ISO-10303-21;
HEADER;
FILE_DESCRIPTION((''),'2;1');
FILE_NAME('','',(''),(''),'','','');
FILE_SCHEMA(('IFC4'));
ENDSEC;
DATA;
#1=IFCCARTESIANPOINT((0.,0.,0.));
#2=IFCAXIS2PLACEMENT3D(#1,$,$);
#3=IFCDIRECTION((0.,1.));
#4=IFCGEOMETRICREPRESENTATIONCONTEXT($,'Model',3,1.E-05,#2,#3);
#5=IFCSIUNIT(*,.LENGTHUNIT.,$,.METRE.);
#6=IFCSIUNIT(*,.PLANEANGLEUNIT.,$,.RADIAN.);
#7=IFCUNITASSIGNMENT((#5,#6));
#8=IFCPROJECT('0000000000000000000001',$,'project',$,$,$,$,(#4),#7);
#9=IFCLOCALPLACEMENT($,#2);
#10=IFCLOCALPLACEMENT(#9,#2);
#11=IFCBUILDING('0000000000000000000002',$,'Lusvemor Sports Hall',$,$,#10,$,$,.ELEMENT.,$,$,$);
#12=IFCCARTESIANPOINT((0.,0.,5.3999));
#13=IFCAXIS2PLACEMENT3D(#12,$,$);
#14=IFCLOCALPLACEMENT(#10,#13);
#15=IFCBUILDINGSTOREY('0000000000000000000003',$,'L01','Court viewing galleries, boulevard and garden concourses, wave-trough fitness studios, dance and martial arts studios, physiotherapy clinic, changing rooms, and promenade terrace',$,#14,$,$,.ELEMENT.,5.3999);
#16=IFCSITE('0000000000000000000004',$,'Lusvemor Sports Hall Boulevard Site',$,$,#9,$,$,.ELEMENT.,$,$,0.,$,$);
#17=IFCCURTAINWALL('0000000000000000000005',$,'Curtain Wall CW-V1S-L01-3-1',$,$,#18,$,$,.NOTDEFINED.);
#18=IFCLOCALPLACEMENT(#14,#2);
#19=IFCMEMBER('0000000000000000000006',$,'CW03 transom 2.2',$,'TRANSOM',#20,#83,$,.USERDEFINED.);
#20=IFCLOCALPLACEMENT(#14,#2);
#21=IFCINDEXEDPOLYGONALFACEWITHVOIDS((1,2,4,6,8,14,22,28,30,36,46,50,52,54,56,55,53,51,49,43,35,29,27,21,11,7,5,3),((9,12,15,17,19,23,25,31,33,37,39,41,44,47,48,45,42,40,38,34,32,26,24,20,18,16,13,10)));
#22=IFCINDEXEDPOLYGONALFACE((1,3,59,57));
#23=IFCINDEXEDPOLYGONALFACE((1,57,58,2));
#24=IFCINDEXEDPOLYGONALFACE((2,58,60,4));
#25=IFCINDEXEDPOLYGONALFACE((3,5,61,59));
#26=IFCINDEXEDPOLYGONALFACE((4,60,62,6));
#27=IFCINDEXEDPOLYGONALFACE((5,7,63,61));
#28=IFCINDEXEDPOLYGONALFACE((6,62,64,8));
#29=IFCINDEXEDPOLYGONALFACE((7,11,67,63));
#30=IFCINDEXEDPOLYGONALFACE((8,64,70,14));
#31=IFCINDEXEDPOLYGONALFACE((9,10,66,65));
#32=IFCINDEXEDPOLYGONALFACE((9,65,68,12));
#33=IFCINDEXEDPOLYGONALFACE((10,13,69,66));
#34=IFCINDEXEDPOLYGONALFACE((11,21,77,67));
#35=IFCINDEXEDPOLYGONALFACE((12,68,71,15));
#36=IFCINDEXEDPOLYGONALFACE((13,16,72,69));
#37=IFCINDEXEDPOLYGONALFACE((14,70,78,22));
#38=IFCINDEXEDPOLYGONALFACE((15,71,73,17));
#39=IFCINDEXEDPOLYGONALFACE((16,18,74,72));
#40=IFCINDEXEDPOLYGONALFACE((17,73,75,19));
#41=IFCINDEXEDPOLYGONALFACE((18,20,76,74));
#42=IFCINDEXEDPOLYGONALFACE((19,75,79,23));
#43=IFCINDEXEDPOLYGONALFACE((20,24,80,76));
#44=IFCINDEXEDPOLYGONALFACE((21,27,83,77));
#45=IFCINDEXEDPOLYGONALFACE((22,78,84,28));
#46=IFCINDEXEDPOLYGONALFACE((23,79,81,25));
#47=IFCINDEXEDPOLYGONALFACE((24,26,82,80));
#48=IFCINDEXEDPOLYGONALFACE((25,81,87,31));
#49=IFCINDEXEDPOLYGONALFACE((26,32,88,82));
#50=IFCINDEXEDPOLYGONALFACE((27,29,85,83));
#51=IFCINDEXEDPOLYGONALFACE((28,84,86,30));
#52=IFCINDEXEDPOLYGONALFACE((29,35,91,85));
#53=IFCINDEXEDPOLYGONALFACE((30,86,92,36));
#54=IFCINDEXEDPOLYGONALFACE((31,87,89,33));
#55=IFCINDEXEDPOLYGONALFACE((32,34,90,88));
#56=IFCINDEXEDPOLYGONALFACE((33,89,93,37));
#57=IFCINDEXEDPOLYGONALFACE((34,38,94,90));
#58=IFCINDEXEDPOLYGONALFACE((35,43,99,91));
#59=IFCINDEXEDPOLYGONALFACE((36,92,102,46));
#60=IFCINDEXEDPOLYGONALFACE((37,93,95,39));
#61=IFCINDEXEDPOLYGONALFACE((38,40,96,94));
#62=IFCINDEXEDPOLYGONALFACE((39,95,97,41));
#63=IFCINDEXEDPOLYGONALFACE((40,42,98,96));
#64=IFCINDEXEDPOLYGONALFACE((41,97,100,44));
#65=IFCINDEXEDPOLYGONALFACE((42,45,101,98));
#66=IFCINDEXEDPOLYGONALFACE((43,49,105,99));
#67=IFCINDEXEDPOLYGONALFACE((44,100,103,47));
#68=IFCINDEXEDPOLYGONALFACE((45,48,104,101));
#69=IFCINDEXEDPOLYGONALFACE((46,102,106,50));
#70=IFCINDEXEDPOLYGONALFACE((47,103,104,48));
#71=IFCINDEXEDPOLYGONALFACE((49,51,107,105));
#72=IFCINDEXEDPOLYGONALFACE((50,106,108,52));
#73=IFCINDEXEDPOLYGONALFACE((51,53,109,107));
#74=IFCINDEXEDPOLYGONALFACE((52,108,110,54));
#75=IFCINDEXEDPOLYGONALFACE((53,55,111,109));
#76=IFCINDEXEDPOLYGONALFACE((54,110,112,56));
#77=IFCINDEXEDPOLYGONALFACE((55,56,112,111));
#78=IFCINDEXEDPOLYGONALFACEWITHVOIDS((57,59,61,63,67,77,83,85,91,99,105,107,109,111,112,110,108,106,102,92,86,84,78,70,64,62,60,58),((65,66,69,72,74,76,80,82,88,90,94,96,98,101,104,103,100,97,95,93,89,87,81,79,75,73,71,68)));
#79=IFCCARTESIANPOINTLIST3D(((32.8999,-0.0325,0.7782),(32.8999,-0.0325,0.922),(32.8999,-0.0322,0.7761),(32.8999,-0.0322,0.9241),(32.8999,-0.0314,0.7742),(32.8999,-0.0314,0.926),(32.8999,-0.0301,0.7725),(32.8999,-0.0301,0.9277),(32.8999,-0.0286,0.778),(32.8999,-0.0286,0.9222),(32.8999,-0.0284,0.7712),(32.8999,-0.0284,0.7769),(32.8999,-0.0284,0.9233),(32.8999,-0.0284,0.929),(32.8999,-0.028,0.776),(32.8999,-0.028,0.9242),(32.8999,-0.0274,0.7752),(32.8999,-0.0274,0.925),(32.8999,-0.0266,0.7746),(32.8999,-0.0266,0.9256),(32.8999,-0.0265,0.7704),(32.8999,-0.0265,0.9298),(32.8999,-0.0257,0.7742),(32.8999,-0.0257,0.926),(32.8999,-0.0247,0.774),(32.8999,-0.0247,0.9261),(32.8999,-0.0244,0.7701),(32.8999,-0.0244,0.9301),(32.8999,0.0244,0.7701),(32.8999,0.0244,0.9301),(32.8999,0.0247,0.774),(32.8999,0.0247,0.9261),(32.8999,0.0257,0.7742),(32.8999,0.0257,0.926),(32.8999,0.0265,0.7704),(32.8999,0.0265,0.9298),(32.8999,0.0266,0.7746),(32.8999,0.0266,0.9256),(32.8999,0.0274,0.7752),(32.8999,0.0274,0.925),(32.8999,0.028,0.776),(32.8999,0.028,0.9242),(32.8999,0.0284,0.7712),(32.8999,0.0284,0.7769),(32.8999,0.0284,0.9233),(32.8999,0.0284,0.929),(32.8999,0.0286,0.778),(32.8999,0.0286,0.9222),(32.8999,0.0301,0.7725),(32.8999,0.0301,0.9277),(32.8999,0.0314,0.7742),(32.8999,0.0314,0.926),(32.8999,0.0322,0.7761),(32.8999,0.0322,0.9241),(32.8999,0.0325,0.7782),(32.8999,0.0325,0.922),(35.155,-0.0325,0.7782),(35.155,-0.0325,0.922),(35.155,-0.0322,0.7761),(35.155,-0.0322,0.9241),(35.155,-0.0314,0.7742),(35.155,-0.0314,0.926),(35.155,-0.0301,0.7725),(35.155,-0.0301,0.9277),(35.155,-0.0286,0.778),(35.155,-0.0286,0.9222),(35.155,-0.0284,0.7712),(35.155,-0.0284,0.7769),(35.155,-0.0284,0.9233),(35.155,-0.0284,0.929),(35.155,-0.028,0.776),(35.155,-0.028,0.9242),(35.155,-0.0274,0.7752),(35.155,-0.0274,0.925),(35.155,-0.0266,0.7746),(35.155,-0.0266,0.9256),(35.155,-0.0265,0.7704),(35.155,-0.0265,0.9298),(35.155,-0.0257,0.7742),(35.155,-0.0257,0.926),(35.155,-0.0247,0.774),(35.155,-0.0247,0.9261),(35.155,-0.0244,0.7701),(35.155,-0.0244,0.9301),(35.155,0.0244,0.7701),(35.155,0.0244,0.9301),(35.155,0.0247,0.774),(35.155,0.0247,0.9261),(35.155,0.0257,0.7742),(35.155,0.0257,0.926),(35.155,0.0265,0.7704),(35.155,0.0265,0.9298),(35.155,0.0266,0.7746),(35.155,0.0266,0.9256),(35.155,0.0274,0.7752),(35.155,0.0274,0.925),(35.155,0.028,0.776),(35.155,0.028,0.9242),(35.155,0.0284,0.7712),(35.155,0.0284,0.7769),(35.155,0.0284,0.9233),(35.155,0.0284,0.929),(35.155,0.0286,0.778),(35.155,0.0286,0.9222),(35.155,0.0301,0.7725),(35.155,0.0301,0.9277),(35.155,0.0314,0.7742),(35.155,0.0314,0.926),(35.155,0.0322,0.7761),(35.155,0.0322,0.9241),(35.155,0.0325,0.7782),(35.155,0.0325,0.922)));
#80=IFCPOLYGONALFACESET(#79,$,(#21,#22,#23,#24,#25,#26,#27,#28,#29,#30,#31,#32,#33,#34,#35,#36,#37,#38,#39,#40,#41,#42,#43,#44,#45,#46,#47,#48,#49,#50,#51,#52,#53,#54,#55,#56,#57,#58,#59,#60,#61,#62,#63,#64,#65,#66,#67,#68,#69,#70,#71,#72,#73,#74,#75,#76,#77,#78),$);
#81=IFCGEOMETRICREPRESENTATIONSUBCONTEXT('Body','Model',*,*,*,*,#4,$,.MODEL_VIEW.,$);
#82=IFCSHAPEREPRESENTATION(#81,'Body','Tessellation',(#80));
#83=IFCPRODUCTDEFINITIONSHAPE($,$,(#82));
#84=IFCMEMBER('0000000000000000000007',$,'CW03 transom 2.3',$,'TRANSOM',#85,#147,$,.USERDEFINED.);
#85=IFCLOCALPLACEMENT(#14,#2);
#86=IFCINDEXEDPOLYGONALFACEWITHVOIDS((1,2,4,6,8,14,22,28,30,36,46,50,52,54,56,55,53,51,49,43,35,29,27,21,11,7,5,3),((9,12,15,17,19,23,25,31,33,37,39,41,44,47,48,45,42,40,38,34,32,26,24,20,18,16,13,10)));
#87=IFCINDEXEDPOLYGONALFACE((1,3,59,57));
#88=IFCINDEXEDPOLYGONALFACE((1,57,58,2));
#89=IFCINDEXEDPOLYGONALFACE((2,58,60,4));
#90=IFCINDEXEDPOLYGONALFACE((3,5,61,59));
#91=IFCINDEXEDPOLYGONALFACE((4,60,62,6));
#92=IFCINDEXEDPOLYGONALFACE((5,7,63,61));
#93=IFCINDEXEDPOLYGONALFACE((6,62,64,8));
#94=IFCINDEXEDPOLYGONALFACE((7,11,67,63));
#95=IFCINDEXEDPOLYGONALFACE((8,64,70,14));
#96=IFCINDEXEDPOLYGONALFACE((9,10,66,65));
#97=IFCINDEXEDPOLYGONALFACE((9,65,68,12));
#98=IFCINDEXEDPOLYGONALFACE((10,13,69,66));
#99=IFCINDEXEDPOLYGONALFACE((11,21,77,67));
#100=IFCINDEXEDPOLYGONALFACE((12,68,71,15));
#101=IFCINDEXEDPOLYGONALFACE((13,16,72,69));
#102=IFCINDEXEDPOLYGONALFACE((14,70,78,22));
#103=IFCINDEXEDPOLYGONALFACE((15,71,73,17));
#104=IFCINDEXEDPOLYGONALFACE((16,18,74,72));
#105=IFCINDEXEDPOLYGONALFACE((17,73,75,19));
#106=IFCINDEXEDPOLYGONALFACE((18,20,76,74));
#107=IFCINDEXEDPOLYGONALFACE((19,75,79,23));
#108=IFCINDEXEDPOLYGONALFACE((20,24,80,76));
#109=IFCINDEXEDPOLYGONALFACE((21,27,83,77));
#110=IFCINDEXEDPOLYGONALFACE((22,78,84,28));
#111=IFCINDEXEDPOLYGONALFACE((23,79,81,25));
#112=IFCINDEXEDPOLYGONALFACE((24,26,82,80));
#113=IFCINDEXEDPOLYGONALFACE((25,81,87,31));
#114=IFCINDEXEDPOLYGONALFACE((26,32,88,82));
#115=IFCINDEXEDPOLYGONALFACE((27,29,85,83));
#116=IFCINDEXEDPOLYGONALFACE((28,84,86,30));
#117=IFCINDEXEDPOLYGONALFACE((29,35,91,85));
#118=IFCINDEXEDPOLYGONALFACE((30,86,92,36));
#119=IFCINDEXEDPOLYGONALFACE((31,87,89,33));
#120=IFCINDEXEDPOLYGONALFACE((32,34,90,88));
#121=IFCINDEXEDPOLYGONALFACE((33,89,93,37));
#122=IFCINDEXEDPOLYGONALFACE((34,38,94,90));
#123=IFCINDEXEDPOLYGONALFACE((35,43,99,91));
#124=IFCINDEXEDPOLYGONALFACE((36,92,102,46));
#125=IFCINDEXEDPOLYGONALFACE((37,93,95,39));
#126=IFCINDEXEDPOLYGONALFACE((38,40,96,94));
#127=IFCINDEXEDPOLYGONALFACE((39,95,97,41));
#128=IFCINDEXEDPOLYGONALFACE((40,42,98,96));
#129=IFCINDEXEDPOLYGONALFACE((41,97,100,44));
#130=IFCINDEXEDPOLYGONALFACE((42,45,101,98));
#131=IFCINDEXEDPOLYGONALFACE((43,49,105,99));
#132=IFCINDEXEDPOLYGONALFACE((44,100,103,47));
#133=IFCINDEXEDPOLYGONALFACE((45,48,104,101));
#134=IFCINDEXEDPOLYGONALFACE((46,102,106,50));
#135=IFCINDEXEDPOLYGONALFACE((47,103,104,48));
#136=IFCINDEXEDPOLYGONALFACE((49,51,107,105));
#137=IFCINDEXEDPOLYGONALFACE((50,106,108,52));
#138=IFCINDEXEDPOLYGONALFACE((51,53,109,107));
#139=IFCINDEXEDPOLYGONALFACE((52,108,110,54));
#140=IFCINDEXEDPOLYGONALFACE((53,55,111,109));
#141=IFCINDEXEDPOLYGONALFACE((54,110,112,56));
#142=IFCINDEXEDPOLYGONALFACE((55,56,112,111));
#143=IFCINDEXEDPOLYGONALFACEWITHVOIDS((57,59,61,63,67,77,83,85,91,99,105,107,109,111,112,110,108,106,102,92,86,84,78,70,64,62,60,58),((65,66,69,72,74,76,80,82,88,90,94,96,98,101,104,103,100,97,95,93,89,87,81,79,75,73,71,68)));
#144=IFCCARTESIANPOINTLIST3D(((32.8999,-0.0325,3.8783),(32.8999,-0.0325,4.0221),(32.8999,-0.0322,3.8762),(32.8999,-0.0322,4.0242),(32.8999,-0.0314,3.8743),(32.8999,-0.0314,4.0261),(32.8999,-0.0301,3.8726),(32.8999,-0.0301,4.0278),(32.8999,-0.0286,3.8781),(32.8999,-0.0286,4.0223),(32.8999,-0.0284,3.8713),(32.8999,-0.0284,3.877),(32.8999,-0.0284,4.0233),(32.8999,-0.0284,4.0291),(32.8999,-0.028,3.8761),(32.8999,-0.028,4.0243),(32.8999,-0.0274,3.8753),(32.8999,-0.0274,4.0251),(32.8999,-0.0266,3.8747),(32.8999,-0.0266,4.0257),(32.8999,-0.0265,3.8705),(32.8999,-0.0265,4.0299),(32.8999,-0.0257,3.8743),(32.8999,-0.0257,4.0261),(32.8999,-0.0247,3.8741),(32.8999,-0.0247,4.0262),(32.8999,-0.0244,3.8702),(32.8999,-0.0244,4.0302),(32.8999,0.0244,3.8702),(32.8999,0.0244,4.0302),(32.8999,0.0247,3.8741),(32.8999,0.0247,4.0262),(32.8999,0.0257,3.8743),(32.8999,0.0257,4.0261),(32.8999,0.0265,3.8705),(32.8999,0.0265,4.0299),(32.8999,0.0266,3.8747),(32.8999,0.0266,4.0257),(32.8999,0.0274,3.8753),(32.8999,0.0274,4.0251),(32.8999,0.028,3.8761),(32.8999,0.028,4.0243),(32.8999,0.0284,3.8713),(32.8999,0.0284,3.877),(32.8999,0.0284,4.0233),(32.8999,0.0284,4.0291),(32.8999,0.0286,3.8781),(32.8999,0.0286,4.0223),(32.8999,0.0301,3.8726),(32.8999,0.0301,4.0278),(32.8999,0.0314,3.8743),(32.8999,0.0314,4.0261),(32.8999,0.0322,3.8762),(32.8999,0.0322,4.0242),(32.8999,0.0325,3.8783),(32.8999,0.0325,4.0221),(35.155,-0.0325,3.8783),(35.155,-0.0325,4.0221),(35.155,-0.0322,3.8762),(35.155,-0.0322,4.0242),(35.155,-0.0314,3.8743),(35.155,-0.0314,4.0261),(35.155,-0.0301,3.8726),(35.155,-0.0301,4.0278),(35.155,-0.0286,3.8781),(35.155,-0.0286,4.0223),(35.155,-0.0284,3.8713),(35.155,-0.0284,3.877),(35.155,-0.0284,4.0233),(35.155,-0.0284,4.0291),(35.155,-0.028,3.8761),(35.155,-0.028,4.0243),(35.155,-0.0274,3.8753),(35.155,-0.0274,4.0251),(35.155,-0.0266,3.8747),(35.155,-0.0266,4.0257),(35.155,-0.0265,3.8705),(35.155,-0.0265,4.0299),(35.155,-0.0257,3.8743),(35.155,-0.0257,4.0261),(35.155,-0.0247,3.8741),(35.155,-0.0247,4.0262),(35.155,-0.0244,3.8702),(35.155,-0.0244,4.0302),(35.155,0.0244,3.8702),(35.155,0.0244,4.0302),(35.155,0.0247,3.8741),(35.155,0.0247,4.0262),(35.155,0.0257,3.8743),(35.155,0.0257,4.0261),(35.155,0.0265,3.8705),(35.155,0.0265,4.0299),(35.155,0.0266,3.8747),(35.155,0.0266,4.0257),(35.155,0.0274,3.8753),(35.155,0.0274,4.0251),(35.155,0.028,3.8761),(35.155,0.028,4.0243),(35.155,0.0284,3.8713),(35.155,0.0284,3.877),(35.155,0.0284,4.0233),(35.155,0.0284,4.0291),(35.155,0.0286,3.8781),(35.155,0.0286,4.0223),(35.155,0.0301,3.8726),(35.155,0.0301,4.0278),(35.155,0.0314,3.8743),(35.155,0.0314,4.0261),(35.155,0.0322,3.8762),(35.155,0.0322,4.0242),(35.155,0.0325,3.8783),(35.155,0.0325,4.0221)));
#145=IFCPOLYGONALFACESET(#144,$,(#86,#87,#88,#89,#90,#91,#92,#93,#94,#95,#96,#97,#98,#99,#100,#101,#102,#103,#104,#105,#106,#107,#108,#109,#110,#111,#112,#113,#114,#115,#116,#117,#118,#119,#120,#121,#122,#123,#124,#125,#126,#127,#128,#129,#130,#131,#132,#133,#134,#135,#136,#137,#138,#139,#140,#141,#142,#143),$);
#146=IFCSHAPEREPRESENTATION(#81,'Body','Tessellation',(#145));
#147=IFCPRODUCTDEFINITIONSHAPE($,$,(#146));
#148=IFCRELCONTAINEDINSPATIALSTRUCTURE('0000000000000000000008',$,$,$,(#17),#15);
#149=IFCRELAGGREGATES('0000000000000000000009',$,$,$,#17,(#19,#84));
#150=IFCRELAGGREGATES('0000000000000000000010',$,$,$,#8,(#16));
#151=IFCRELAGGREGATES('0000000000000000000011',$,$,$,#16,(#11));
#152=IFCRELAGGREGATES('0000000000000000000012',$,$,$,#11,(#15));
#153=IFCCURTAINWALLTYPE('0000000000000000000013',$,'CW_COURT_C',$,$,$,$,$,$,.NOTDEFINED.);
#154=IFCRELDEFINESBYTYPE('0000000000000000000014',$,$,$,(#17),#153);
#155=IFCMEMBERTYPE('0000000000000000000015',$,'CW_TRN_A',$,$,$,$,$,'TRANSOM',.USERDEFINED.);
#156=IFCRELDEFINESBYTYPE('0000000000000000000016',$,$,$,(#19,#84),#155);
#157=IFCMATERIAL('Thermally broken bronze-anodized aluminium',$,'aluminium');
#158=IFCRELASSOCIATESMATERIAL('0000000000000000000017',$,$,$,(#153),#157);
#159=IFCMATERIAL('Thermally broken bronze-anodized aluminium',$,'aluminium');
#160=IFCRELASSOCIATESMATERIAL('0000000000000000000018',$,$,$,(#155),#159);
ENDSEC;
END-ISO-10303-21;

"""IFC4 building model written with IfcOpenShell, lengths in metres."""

from ifc_helpers import new_model, si_unit, direction, frame, origin, origin_2d, place, context, subcontext, project, spatial, hollow_rectangle, extrude, material, material_profile, profile_set, type_object, element, aggregate, save


model = new_model("IFC4")

# Units and contexts
model_context = context("Model", 3, precision=1e-05, world=origin(), true_north=direction((0.0, 1.0)))
body_context = subcontext(model_context, "Body", "Model", "MODEL_VIEW")
ifc_project = project(units=[si_unit("LENGTHUNIT", "METRE"), si_unit("PLANEANGLEUNIT", "RADIAN")], contexts=[model_context])

# Site, building, storey
site_placement = place(None, origin())
site = spatial("IfcSite", under=ifc_project, at=site_placement, Name="Lusvemor Sports Hall Boulevard Site", CompositionType="ELEMENT", RefElevation=0.0)
building_placement = place(site_placement, origin())
building = spatial("IfcBuilding", under=site, at=building_placement, Name="Lusvemor Sports Hall", CompositionType="ELEMENT")
storey_placement = place(building_placement, frame((0.0, 0.0, 5.3999)))
storey = spatial("IfcBuildingStorey", under=building, at=storey_placement, Name="L01", Description="Court viewing galleries, boulevard and garden concourses, wave-trough fitness studios, dance and martial arts studios, physiotherapy clinic, changing rooms, and promenade terrace", CompositionType="ELEMENT", Elevation=5.3999)

# Shared definitions
ifc_material_1 = material(Name="Thermally broken bronze-anodized aluminium", Category="aluminium")
curtain_wall_type = type_object("IfcCurtainWallType", Name="CW_COURT_C", PredefinedType="NOTDEFINED", material=ifc_material_1)

# Curtain wall
curtain_wall_1_placement = place(storey_placement, origin())
curtain_wall_1 = element("IfcCurtainWall", 1, at=curtain_wall_1_placement, inside=storey, type_object=curtain_wall_type, Name="Curtain Wall CW-V1S-L01-3-1", PredefinedType="NOTDEFINED")

# Members
ifc_material_2 = material(Name="Thermally broken bronze-anodized aluminium", Category="aluminium")
ifc_material_profile_1 = material_profile(ifc_material_2, hollow_rectangle(XDim=0.0649, YDim=0.1599, WallThickness=0.0039, InnerFilletRadius=0.0039, OuterFilletRadius=0.0081, at=origin_2d()), Name="CWTRN160x65x4")
ifc_profile_set_1 = profile_set([ifc_material_profile_1], Name="Thermally broken bronze-anodized aluminium")
member_type_1 = type_object("IfcMemberType", Name="CW_TRN_A", ElementType="TRANSOM", PredefinedType="USERDEFINED", material=ifc_profile_set_1)
member_1_placement = place(storey_placement, frame((35.155, 0.0, 0.8501), z_axis=(-1.0, 0.0, 0.0), x_axis=(0.0, -1.0, 0.0)))
member_1 = element("IfcMember", 2, at=member_1_placement, type_object=member_type_1, Name="CW03 transom 2.2", ObjectType="TRANSOM", PredefinedType="USERDEFINED", context=body_context, shape_type="SweptSolid", body=[
    extrude(hollow_rectangle(XDim=0.0649, YDim=0.1599, WallThickness=0.0039, InnerFilletRadius=0.0039, OuterFilletRadius=0.0081, at=origin_2d()), origin(), (0.0, 0.0, 1.0), 2.2551),
])
member_2_placement = place(storey_placement, frame((35.155, 0.0, 3.9502), z_axis=(-1.0, 0.0, 0.0), x_axis=(0.0, -1.0, 0.0)))
member_2 = element("IfcMember", 3, at=member_2_placement, type_object=member_type_1, Name="CW03 transom 2.3", ObjectType="TRANSOM", PredefinedType="USERDEFINED", context=body_context, shape_type="SweptSolid", body=[
    extrude(hollow_rectangle(XDim=0.0649, YDim=0.1599, WallThickness=0.0039, InnerFilletRadius=0.0039, OuterFilletRadius=0.0081, at=origin_2d()), origin(), (0.0, 0.0, 1.0), 2.2551),
])

aggregate(curtain_wall_1, [member_1, member_2])

save(model, "model.ifc")
